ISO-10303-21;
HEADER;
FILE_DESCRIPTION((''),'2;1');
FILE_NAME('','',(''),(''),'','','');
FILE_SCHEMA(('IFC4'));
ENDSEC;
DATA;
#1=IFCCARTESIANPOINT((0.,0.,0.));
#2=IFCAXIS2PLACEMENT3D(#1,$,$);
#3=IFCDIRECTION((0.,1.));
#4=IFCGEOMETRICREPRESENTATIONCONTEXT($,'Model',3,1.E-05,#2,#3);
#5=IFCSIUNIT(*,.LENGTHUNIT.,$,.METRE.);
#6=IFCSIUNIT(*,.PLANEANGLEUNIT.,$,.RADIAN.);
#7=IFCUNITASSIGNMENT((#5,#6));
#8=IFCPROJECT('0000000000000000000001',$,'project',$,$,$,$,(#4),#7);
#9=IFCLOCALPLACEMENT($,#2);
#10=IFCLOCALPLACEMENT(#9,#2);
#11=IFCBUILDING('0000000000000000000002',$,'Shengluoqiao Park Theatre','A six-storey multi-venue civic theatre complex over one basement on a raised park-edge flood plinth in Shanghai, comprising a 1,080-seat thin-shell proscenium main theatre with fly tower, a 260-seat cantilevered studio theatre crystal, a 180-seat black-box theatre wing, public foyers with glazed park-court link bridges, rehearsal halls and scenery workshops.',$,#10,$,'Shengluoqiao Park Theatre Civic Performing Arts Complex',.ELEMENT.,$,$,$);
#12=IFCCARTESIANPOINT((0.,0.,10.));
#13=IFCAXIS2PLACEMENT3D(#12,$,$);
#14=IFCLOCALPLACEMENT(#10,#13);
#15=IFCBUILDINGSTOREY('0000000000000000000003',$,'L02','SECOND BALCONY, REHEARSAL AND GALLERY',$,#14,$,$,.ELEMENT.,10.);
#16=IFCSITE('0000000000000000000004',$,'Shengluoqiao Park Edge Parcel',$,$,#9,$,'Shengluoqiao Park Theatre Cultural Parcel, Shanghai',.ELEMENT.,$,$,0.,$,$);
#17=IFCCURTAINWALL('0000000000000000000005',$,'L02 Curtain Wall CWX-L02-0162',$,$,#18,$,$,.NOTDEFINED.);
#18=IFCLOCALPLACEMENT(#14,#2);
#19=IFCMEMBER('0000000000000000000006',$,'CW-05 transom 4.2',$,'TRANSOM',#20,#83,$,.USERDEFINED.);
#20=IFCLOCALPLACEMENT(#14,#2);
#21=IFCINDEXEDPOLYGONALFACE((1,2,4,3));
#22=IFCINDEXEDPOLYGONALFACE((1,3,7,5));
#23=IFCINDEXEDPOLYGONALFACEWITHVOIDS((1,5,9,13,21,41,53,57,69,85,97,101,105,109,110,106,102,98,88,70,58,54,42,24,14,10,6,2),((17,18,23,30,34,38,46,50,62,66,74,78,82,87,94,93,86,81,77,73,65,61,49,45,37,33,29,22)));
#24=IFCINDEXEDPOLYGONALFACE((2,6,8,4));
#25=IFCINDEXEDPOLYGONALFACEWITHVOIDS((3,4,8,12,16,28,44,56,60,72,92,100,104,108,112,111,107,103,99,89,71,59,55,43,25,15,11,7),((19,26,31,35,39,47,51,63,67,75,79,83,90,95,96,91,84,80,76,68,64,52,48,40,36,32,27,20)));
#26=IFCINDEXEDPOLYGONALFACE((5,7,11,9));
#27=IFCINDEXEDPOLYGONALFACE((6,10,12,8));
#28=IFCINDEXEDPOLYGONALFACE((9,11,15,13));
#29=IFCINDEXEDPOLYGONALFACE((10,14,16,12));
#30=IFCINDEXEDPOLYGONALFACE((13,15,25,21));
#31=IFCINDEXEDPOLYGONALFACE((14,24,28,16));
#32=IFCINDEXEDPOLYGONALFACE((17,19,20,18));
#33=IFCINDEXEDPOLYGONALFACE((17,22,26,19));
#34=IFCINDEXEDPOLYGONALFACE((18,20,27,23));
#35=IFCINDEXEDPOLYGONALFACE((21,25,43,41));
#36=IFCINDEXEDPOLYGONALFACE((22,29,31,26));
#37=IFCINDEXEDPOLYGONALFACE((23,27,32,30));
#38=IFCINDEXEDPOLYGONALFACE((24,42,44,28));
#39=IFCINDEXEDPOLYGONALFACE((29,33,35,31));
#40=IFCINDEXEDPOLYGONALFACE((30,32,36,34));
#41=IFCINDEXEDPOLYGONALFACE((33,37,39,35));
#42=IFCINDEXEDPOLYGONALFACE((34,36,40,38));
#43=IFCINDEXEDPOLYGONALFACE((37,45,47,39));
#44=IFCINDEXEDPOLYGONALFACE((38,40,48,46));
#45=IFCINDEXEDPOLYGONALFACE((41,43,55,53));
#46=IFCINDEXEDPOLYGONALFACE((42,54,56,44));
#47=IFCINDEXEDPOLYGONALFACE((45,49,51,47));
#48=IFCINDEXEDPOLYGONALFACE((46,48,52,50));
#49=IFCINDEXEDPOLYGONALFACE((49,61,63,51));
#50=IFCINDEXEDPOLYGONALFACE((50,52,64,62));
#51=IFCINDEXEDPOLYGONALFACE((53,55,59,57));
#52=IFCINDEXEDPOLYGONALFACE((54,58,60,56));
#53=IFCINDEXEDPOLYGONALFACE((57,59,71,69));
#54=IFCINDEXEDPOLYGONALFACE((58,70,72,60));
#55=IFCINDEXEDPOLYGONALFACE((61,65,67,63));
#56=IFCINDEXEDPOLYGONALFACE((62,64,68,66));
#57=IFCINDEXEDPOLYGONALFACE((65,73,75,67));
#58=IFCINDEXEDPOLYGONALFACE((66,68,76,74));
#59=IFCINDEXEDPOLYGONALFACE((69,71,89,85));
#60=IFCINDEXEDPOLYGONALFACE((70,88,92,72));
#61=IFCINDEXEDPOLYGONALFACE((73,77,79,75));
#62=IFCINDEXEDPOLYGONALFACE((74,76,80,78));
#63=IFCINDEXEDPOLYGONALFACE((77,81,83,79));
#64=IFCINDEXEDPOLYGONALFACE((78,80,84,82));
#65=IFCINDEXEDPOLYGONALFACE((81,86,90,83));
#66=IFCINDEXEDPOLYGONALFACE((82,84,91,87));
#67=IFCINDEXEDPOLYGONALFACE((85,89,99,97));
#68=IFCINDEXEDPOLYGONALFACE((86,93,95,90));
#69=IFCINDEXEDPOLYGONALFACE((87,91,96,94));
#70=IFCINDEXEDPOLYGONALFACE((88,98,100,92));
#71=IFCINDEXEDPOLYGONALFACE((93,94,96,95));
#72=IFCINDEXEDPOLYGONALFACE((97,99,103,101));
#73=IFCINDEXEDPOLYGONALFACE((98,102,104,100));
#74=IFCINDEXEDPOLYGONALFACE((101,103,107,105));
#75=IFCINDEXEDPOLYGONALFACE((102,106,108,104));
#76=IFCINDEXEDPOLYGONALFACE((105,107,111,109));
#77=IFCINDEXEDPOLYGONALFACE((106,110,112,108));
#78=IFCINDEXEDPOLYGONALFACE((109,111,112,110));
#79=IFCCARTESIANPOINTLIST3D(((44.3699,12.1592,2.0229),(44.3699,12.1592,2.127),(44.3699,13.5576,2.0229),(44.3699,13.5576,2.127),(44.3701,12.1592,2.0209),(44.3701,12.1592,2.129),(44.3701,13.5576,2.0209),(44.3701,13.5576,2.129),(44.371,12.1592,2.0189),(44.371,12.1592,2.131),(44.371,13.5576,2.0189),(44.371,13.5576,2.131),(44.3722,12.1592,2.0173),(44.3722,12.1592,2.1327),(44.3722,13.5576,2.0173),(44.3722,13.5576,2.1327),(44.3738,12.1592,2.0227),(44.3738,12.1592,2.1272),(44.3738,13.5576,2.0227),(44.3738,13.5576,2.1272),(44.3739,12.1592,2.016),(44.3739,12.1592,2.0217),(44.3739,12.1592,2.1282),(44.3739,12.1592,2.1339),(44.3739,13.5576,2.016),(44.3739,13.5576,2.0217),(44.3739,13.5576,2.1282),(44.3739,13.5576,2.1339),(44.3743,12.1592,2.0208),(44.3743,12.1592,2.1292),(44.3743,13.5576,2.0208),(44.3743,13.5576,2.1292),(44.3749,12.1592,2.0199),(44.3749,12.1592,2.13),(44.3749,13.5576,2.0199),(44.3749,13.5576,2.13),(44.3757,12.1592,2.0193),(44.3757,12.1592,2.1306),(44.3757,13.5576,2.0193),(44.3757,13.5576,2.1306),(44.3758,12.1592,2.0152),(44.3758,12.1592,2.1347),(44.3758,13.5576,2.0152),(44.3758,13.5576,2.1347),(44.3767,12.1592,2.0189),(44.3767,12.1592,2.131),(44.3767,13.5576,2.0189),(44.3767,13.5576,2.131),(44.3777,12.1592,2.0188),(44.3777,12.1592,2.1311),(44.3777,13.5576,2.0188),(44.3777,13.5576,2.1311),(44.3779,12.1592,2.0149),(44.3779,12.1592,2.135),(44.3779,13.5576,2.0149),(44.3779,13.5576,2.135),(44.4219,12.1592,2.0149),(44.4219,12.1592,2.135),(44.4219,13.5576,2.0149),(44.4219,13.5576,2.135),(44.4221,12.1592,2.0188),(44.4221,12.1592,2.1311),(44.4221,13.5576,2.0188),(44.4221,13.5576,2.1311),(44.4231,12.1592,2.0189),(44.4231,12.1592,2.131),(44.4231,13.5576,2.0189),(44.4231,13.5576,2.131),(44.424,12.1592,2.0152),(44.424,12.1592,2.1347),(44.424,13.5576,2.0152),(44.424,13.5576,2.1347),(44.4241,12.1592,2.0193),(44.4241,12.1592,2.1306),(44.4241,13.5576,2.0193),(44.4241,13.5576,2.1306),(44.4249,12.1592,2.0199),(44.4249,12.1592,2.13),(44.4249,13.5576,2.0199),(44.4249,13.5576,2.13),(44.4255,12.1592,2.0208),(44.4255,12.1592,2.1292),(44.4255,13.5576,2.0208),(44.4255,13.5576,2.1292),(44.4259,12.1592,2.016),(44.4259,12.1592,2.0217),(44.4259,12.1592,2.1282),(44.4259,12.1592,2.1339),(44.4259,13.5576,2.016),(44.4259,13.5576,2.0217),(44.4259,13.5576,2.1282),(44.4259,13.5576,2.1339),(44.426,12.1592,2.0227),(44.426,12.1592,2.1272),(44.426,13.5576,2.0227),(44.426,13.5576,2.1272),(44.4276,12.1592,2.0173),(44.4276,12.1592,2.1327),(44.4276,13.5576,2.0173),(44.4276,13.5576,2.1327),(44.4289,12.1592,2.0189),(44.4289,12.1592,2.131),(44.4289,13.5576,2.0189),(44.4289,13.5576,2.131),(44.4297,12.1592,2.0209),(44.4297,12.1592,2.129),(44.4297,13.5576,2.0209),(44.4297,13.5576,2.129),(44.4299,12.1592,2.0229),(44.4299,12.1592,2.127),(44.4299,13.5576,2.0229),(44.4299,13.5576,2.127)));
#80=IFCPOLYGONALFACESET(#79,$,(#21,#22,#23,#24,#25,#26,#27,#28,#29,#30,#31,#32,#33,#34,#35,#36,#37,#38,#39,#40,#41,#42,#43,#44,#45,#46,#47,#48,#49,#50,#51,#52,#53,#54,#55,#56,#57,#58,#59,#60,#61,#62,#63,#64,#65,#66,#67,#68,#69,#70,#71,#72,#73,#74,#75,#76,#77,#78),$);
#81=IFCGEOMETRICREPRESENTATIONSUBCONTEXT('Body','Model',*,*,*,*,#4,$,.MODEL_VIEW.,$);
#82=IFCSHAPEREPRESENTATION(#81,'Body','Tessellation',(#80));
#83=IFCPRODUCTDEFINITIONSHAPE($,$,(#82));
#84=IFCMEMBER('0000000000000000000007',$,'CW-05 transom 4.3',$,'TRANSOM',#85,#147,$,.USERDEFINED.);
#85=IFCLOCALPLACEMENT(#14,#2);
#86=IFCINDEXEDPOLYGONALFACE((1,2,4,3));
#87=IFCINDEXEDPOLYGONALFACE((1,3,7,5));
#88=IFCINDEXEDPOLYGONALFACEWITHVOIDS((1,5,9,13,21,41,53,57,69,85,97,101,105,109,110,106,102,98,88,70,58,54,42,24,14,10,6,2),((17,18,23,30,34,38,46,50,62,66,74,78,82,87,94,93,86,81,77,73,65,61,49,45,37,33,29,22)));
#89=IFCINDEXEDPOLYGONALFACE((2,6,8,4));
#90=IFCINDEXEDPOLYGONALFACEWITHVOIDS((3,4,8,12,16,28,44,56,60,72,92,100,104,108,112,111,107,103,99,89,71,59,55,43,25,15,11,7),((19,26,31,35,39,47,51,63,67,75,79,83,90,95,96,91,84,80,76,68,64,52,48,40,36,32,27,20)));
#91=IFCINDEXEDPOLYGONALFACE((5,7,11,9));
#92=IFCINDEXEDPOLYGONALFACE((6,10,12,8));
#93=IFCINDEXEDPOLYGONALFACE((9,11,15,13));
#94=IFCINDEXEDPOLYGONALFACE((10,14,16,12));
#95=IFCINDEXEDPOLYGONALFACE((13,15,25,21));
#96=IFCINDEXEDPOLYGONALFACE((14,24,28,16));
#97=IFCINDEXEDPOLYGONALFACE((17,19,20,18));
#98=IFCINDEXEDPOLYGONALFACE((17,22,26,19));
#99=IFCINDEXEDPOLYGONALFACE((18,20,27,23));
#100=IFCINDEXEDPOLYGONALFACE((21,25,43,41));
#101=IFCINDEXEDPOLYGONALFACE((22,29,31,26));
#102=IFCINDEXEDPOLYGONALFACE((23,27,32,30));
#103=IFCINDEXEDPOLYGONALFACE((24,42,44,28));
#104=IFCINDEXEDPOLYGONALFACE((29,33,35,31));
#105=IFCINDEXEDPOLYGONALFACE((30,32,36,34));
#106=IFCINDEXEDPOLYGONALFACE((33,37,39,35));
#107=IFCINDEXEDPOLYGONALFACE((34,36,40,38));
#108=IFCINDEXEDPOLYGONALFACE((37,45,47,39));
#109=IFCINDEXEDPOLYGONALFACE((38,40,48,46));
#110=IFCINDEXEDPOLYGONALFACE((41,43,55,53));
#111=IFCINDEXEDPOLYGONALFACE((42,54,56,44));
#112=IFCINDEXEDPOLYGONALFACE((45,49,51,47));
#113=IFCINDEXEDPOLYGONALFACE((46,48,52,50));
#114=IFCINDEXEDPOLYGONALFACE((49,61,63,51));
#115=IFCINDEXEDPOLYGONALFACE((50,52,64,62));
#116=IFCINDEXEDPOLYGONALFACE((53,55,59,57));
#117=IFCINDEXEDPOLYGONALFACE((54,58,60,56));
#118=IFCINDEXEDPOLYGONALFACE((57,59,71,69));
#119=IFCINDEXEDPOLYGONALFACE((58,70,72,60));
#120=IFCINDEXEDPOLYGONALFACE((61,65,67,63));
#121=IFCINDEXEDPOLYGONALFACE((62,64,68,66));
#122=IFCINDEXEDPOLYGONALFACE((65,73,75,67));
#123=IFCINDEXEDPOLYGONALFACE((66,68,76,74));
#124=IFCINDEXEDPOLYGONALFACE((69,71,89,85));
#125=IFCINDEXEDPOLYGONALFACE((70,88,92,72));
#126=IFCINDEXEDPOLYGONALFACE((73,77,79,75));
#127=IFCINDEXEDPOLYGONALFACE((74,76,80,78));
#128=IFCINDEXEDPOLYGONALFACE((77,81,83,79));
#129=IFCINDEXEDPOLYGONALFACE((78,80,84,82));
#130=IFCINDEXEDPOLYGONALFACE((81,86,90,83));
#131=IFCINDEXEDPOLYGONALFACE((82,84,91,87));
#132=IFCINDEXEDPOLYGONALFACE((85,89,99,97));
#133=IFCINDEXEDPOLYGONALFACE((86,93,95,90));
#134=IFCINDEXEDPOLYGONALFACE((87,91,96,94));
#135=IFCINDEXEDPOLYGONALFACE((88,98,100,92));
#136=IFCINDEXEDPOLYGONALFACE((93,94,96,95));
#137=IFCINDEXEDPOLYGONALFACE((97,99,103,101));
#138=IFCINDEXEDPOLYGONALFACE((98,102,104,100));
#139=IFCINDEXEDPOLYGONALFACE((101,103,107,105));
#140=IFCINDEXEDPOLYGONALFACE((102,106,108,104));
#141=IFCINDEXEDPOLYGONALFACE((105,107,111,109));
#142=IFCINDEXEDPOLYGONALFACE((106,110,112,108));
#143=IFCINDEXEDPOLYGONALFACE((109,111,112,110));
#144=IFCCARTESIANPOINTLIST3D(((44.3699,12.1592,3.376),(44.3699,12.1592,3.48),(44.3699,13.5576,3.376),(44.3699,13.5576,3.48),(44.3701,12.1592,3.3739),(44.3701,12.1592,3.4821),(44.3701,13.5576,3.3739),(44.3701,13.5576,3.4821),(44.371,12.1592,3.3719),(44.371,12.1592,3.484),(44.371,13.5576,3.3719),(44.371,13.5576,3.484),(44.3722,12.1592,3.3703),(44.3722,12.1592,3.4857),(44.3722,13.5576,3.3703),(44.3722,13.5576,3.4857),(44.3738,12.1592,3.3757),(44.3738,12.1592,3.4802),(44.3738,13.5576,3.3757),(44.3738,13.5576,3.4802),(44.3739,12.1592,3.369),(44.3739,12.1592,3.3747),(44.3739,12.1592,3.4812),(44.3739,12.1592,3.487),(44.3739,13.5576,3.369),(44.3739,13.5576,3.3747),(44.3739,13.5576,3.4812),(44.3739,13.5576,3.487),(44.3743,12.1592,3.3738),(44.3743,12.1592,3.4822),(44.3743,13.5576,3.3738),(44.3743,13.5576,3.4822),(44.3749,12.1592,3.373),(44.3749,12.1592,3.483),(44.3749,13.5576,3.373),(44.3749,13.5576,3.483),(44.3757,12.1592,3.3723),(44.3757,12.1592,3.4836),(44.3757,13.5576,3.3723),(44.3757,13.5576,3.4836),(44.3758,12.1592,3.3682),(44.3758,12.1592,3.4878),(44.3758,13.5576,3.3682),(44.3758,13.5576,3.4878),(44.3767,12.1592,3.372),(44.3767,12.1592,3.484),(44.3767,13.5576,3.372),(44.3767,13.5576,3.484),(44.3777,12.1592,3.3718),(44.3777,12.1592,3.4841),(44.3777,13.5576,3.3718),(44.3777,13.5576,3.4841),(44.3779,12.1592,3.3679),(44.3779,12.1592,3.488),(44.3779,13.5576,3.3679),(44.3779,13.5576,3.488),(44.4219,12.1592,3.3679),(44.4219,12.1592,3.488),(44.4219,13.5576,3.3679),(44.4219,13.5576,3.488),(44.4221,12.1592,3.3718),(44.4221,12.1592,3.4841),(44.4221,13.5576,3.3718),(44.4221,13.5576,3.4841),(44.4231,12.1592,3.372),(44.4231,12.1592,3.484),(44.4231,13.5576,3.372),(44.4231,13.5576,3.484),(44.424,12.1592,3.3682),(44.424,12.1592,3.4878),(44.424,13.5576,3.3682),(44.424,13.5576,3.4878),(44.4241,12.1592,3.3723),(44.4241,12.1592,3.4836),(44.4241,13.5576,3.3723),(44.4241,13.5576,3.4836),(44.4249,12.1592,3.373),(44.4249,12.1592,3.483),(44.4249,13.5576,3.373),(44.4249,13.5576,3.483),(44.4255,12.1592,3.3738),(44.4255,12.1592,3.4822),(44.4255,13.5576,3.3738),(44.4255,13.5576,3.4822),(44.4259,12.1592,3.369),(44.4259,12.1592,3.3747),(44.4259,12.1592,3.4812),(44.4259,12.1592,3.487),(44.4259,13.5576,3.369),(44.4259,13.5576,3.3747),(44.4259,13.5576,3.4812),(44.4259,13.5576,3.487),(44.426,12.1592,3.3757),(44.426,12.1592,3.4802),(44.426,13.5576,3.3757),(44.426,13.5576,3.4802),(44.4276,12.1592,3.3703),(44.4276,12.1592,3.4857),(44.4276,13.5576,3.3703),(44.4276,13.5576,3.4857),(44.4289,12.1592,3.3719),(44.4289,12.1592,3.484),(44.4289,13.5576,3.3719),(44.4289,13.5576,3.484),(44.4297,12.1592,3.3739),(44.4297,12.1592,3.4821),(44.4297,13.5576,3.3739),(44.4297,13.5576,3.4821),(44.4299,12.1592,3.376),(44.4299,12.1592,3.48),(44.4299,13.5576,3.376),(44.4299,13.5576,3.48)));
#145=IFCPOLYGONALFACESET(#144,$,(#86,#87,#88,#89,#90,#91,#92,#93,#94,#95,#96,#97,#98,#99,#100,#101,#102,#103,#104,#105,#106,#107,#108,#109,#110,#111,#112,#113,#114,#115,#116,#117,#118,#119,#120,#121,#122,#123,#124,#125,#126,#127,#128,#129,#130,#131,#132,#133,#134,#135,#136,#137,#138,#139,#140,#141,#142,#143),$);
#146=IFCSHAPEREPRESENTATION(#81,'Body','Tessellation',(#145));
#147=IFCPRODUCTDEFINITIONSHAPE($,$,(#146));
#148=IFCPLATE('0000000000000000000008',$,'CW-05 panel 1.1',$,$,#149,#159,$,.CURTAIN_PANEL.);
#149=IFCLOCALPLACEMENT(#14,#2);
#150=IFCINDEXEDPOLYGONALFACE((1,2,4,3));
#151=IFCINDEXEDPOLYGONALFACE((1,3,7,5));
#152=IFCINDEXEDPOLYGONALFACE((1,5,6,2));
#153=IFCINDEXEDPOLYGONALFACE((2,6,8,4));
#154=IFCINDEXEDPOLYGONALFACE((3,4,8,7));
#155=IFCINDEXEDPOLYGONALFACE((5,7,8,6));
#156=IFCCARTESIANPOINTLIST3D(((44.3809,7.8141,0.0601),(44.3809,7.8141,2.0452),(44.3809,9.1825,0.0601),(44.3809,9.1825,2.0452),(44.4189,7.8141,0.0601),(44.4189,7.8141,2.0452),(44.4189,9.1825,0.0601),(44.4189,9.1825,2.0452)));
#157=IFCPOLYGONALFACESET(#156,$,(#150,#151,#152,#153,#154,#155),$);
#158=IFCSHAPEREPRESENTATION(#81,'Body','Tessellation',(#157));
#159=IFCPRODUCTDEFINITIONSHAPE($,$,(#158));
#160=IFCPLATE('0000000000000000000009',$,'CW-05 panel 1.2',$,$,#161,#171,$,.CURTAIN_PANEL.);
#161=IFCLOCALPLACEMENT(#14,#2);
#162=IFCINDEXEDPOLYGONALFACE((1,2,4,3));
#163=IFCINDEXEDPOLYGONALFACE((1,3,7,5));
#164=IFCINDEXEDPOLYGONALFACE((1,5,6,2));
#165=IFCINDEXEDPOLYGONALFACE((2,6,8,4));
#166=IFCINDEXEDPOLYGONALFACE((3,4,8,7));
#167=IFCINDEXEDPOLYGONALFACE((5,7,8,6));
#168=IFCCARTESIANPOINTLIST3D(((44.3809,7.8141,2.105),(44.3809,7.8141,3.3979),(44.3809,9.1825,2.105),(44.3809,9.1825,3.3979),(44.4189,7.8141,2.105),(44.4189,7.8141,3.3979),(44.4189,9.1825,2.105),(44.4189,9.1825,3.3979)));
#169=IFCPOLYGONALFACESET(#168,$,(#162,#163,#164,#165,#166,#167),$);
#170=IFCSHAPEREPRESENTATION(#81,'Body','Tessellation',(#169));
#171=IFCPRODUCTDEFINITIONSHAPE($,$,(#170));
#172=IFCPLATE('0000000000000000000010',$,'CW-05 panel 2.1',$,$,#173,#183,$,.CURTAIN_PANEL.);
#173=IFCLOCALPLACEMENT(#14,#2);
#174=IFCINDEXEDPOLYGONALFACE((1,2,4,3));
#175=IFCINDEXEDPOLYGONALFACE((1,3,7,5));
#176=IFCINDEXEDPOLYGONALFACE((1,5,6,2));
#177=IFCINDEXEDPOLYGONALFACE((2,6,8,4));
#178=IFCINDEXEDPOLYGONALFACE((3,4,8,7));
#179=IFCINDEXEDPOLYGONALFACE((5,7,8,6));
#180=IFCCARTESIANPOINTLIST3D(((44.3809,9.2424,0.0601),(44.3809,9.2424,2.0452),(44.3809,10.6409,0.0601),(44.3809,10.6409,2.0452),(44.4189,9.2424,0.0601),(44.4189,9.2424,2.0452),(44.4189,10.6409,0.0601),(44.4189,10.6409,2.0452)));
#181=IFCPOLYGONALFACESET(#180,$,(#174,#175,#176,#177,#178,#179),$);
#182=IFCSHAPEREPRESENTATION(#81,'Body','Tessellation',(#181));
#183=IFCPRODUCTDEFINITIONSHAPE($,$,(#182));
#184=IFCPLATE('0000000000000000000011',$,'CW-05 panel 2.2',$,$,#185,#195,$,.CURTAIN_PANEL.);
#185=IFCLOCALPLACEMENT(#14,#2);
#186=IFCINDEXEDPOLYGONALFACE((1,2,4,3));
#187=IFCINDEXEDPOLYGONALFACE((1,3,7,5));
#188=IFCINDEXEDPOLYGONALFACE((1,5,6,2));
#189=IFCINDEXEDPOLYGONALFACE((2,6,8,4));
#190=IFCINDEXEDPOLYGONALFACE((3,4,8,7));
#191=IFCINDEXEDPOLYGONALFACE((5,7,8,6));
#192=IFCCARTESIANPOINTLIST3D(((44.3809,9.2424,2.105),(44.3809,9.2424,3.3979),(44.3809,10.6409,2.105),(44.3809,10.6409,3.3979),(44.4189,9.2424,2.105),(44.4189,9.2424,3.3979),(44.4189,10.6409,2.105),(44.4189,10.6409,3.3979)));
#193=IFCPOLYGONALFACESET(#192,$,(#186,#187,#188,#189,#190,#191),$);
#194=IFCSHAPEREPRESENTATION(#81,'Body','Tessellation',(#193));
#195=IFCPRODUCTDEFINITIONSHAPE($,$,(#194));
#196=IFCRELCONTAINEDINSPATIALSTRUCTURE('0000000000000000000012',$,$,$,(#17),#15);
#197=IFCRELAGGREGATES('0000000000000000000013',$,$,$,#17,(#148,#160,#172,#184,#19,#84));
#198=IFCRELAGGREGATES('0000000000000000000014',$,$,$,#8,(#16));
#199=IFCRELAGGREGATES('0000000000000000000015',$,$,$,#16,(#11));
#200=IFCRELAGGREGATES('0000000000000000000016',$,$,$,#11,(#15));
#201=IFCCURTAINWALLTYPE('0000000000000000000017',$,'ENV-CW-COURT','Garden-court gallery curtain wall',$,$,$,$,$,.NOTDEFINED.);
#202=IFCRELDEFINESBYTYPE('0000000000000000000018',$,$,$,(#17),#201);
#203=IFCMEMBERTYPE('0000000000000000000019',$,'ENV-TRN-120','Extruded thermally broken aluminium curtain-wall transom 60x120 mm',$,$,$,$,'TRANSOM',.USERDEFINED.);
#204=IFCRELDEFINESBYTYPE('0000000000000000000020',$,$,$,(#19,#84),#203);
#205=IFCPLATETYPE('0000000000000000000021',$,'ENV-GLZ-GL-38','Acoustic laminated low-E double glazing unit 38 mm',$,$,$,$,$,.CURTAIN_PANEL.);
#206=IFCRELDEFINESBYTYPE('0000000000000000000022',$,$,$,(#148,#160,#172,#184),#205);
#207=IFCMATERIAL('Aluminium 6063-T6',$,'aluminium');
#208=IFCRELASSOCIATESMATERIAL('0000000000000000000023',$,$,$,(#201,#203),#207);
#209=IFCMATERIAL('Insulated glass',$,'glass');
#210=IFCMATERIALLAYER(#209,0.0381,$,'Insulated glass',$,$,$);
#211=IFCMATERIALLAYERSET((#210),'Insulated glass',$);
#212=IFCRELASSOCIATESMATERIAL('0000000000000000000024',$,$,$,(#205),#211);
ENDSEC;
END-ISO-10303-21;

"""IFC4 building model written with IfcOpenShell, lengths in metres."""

from ifc_helpers import new_model, si_unit, direction, frame, origin, origin_2d, place, context, subcontext, project, spatial, rectangle, hollow_rectangle, extrude, material, layer, layer_set, material_profile, profile_set, type_object, element, aggregate, save


model = new_model("IFC4")

# Units and contexts
model_context = context("Model", 3, precision=1e-05, world=origin(), true_north=direction((0.0, 1.0)))
body_context = subcontext(model_context, "Body", "Model", "MODEL_VIEW")
ifc_project = project(units=[si_unit("LENGTHUNIT", "METRE"), si_unit("PLANEANGLEUNIT", "RADIAN")], contexts=[model_context])

# Site, building, storey
site_placement = place(None, origin())
site = spatial("IfcSite", under=ifc_project, at=site_placement, Name="Shengluoqiao Park Edge Parcel", LongName="Shengluoqiao Park Theatre Cultural Parcel, Shanghai", CompositionType="ELEMENT", RefElevation=0.0)
building_placement = place(site_placement, origin())
building = spatial("IfcBuilding", under=site, at=building_placement, Name="Shengluoqiao Park Theatre", Description="A six-storey multi-venue civic theatre complex over one basement on a raised park-edge flood plinth in Shanghai, comprising a 1,080-seat thin-shell proscenium main theatre with fly tower, a 260-seat cantilevered studio theatre crystal, a 180-seat black-box theatre wing, public foyers with glazed park-court link bridges, rehearsal halls and scenery workshops.", LongName="Shengluoqiao Park Theatre Civic Performing Arts Complex", CompositionType="ELEMENT")
storey_placement = place(building_placement, frame((0.0, 0.0, 10.0)))
storey = spatial("IfcBuildingStorey", under=building, at=storey_placement, Name="L02", Description="SECOND BALCONY, REHEARSAL AND GALLERY", CompositionType="ELEMENT", Elevation=10.0)

# Curtain wall, members, plates
ifc_material_1 = material(Name="Aluminium 6063-T6", Category="aluminium")
curtain_wall_type = type_object("IfcCurtainWallType", Name="ENV-CW-COURT", Description="Garden-court gallery curtain wall", PredefinedType="NOTDEFINED", material=ifc_material_1)
curtain_wall_placement = place(storey_placement, origin())
curtain_wall = element("IfcCurtainWall", 1, at=curtain_wall_placement, inside=storey, type_object=curtain_wall_type, Name="L02 Curtain Wall CWX-L02-0162", PredefinedType="NOTDEFINED")
ifc_material_profile_1 = material_profile(ifc_material_1, hollow_rectangle(XDim=0.0601, YDim=0.1201, WallThickness=0.0039, InnerFilletRadius=0.0039, OuterFilletRadius=0.0081, at=origin_2d()), Name="ALU TRANSOM 120x60x4")
ifc_profile_set_1 = profile_set([ifc_material_profile_1], Name="Aluminium 6063-T6")
member_type_1 = type_object("IfcMemberType", Name="ENV-TRN-120", Description="Extruded thermally broken aluminium curtain-wall transom 60x120 mm", ElementType="TRANSOM", PredefinedType="USERDEFINED", material=ifc_profile_set_1)
member_1_placement = place(storey_placement, frame((44.3999, 12.1592, 2.075), z_axis=(0.0, 1.0, 0.0), x_axis=(-1.0, 0.0, 0.0)))
member_1 = element("IfcMember", 2, at=member_1_placement, type_object=member_type_1, Name="CW-05 transom 4.2", ObjectType="TRANSOM", PredefinedType="USERDEFINED", context=body_context, shape_type="SweptSolid", body=[
    extrude(hollow_rectangle(XDim=0.0601, YDim=0.1201, WallThickness=0.0039, InnerFilletRadius=0.0039, OuterFilletRadius=0.0081, at=origin_2d()), origin(), (0.0, 0.0, 1.0), 1.3984),
])
member_2_placement = place(storey_placement, frame((44.3999, 12.1592, 3.428), z_axis=(0.0, 1.0, 0.0), x_axis=(-1.0, 0.0, 0.0)))
member_2 = element("IfcMember", 3, at=member_2_placement, type_object=member_type_1, Name="CW-05 transom 4.3", ObjectType="TRANSOM", PredefinedType="USERDEFINED", context=body_context, shape_type="SweptSolid", body=[
    extrude(hollow_rectangle(XDim=0.0601, YDim=0.1201, WallThickness=0.0039, InnerFilletRadius=0.0039, OuterFilletRadius=0.0081, at=origin_2d()), origin(), (0.0, 0.0, 1.0), 1.3984),
])
ifc_material_2 = material(Name="Insulated glass", Category="glass")
ifc_layer = layer(ifc_material_2, 0.0381, Name="Insulated glass")
ifc_layer_set = layer_set([ifc_layer], Name="Insulated glass")
plate_type = type_object("IfcPlateType", Name="ENV-GLZ-GL-38", Description="Acoustic laminated low-E double glazing unit 38 mm", PredefinedType="CURTAIN_PANEL", material=ifc_layer_set)
plate_1_placement = place(storey_placement, frame((44.3999, 8.4983, 0.0601), z_axis=(0.0, 0.0, 1.0), x_axis=(0.0, 1.0, 0.0)))
plate_1 = element("IfcPlate", 4, at=plate_1_placement, type_object=plate_type, Name="CW-05 panel 1.1", PredefinedType="CURTAIN_PANEL", context=body_context, shape_type="SweptSolid", body=[
    extrude(rectangle(XDim=1.3684, YDim=0.0381, at=origin_2d()), origin(), (0.0, 0.0, 1.0), 1.9851),
])
plate_2_placement = place(storey_placement, frame((44.3999, 8.4983, 2.105), z_axis=(0.0, 0.0, 1.0), x_axis=(0.0, 1.0, 0.0)))
plate_2 = element("IfcPlate", 5, at=plate_2_placement, type_object=plate_type, Name="CW-05 panel 1.2", PredefinedType="CURTAIN_PANEL", context=body_context, shape_type="SweptSolid", body=[
    extrude(rectangle(XDim=1.3684, YDim=0.0381, at=origin_2d()), origin(), (0.0, 0.0, 1.0), 1.293),
])
plate_3_placement = place(storey_placement, frame((44.3999, 9.9417, 0.0601), z_axis=(0.0, 0.0, 1.0), x_axis=(0.0, 1.0, 0.0)))
plate_3 = element("IfcPlate", 6, at=plate_3_placement, type_object=plate_type, Name="CW-05 panel 2.1", PredefinedType="CURTAIN_PANEL", context=body_context, shape_type="SweptSolid", body=[
    extrude(rectangle(XDim=1.3984, YDim=0.0381, at=origin_2d()), origin(), (0.0, 0.0, 1.0), 1.9851),
])
plate_4_placement = place(storey_placement, frame((44.3999, 9.9417, 2.105), z_axis=(0.0, 0.0, 1.0), x_axis=(0.0, 1.0, 0.0)))
plate_4 = element("IfcPlate", 7, at=plate_4_placement, type_object=plate_type, Name="CW-05 panel 2.2", PredefinedType="CURTAIN_PANEL", context=body_context, shape_type="SweptSolid", body=[
    extrude(rectangle(XDim=1.3984, YDim=0.0381, at=origin_2d()), origin(), (0.0, 0.0, 1.0), 1.293),
])
aggregate(curtain_wall, [plate_1, plate_2, plate_3, plate_4, member_1, member_2])

save(model, "model.ifc")
